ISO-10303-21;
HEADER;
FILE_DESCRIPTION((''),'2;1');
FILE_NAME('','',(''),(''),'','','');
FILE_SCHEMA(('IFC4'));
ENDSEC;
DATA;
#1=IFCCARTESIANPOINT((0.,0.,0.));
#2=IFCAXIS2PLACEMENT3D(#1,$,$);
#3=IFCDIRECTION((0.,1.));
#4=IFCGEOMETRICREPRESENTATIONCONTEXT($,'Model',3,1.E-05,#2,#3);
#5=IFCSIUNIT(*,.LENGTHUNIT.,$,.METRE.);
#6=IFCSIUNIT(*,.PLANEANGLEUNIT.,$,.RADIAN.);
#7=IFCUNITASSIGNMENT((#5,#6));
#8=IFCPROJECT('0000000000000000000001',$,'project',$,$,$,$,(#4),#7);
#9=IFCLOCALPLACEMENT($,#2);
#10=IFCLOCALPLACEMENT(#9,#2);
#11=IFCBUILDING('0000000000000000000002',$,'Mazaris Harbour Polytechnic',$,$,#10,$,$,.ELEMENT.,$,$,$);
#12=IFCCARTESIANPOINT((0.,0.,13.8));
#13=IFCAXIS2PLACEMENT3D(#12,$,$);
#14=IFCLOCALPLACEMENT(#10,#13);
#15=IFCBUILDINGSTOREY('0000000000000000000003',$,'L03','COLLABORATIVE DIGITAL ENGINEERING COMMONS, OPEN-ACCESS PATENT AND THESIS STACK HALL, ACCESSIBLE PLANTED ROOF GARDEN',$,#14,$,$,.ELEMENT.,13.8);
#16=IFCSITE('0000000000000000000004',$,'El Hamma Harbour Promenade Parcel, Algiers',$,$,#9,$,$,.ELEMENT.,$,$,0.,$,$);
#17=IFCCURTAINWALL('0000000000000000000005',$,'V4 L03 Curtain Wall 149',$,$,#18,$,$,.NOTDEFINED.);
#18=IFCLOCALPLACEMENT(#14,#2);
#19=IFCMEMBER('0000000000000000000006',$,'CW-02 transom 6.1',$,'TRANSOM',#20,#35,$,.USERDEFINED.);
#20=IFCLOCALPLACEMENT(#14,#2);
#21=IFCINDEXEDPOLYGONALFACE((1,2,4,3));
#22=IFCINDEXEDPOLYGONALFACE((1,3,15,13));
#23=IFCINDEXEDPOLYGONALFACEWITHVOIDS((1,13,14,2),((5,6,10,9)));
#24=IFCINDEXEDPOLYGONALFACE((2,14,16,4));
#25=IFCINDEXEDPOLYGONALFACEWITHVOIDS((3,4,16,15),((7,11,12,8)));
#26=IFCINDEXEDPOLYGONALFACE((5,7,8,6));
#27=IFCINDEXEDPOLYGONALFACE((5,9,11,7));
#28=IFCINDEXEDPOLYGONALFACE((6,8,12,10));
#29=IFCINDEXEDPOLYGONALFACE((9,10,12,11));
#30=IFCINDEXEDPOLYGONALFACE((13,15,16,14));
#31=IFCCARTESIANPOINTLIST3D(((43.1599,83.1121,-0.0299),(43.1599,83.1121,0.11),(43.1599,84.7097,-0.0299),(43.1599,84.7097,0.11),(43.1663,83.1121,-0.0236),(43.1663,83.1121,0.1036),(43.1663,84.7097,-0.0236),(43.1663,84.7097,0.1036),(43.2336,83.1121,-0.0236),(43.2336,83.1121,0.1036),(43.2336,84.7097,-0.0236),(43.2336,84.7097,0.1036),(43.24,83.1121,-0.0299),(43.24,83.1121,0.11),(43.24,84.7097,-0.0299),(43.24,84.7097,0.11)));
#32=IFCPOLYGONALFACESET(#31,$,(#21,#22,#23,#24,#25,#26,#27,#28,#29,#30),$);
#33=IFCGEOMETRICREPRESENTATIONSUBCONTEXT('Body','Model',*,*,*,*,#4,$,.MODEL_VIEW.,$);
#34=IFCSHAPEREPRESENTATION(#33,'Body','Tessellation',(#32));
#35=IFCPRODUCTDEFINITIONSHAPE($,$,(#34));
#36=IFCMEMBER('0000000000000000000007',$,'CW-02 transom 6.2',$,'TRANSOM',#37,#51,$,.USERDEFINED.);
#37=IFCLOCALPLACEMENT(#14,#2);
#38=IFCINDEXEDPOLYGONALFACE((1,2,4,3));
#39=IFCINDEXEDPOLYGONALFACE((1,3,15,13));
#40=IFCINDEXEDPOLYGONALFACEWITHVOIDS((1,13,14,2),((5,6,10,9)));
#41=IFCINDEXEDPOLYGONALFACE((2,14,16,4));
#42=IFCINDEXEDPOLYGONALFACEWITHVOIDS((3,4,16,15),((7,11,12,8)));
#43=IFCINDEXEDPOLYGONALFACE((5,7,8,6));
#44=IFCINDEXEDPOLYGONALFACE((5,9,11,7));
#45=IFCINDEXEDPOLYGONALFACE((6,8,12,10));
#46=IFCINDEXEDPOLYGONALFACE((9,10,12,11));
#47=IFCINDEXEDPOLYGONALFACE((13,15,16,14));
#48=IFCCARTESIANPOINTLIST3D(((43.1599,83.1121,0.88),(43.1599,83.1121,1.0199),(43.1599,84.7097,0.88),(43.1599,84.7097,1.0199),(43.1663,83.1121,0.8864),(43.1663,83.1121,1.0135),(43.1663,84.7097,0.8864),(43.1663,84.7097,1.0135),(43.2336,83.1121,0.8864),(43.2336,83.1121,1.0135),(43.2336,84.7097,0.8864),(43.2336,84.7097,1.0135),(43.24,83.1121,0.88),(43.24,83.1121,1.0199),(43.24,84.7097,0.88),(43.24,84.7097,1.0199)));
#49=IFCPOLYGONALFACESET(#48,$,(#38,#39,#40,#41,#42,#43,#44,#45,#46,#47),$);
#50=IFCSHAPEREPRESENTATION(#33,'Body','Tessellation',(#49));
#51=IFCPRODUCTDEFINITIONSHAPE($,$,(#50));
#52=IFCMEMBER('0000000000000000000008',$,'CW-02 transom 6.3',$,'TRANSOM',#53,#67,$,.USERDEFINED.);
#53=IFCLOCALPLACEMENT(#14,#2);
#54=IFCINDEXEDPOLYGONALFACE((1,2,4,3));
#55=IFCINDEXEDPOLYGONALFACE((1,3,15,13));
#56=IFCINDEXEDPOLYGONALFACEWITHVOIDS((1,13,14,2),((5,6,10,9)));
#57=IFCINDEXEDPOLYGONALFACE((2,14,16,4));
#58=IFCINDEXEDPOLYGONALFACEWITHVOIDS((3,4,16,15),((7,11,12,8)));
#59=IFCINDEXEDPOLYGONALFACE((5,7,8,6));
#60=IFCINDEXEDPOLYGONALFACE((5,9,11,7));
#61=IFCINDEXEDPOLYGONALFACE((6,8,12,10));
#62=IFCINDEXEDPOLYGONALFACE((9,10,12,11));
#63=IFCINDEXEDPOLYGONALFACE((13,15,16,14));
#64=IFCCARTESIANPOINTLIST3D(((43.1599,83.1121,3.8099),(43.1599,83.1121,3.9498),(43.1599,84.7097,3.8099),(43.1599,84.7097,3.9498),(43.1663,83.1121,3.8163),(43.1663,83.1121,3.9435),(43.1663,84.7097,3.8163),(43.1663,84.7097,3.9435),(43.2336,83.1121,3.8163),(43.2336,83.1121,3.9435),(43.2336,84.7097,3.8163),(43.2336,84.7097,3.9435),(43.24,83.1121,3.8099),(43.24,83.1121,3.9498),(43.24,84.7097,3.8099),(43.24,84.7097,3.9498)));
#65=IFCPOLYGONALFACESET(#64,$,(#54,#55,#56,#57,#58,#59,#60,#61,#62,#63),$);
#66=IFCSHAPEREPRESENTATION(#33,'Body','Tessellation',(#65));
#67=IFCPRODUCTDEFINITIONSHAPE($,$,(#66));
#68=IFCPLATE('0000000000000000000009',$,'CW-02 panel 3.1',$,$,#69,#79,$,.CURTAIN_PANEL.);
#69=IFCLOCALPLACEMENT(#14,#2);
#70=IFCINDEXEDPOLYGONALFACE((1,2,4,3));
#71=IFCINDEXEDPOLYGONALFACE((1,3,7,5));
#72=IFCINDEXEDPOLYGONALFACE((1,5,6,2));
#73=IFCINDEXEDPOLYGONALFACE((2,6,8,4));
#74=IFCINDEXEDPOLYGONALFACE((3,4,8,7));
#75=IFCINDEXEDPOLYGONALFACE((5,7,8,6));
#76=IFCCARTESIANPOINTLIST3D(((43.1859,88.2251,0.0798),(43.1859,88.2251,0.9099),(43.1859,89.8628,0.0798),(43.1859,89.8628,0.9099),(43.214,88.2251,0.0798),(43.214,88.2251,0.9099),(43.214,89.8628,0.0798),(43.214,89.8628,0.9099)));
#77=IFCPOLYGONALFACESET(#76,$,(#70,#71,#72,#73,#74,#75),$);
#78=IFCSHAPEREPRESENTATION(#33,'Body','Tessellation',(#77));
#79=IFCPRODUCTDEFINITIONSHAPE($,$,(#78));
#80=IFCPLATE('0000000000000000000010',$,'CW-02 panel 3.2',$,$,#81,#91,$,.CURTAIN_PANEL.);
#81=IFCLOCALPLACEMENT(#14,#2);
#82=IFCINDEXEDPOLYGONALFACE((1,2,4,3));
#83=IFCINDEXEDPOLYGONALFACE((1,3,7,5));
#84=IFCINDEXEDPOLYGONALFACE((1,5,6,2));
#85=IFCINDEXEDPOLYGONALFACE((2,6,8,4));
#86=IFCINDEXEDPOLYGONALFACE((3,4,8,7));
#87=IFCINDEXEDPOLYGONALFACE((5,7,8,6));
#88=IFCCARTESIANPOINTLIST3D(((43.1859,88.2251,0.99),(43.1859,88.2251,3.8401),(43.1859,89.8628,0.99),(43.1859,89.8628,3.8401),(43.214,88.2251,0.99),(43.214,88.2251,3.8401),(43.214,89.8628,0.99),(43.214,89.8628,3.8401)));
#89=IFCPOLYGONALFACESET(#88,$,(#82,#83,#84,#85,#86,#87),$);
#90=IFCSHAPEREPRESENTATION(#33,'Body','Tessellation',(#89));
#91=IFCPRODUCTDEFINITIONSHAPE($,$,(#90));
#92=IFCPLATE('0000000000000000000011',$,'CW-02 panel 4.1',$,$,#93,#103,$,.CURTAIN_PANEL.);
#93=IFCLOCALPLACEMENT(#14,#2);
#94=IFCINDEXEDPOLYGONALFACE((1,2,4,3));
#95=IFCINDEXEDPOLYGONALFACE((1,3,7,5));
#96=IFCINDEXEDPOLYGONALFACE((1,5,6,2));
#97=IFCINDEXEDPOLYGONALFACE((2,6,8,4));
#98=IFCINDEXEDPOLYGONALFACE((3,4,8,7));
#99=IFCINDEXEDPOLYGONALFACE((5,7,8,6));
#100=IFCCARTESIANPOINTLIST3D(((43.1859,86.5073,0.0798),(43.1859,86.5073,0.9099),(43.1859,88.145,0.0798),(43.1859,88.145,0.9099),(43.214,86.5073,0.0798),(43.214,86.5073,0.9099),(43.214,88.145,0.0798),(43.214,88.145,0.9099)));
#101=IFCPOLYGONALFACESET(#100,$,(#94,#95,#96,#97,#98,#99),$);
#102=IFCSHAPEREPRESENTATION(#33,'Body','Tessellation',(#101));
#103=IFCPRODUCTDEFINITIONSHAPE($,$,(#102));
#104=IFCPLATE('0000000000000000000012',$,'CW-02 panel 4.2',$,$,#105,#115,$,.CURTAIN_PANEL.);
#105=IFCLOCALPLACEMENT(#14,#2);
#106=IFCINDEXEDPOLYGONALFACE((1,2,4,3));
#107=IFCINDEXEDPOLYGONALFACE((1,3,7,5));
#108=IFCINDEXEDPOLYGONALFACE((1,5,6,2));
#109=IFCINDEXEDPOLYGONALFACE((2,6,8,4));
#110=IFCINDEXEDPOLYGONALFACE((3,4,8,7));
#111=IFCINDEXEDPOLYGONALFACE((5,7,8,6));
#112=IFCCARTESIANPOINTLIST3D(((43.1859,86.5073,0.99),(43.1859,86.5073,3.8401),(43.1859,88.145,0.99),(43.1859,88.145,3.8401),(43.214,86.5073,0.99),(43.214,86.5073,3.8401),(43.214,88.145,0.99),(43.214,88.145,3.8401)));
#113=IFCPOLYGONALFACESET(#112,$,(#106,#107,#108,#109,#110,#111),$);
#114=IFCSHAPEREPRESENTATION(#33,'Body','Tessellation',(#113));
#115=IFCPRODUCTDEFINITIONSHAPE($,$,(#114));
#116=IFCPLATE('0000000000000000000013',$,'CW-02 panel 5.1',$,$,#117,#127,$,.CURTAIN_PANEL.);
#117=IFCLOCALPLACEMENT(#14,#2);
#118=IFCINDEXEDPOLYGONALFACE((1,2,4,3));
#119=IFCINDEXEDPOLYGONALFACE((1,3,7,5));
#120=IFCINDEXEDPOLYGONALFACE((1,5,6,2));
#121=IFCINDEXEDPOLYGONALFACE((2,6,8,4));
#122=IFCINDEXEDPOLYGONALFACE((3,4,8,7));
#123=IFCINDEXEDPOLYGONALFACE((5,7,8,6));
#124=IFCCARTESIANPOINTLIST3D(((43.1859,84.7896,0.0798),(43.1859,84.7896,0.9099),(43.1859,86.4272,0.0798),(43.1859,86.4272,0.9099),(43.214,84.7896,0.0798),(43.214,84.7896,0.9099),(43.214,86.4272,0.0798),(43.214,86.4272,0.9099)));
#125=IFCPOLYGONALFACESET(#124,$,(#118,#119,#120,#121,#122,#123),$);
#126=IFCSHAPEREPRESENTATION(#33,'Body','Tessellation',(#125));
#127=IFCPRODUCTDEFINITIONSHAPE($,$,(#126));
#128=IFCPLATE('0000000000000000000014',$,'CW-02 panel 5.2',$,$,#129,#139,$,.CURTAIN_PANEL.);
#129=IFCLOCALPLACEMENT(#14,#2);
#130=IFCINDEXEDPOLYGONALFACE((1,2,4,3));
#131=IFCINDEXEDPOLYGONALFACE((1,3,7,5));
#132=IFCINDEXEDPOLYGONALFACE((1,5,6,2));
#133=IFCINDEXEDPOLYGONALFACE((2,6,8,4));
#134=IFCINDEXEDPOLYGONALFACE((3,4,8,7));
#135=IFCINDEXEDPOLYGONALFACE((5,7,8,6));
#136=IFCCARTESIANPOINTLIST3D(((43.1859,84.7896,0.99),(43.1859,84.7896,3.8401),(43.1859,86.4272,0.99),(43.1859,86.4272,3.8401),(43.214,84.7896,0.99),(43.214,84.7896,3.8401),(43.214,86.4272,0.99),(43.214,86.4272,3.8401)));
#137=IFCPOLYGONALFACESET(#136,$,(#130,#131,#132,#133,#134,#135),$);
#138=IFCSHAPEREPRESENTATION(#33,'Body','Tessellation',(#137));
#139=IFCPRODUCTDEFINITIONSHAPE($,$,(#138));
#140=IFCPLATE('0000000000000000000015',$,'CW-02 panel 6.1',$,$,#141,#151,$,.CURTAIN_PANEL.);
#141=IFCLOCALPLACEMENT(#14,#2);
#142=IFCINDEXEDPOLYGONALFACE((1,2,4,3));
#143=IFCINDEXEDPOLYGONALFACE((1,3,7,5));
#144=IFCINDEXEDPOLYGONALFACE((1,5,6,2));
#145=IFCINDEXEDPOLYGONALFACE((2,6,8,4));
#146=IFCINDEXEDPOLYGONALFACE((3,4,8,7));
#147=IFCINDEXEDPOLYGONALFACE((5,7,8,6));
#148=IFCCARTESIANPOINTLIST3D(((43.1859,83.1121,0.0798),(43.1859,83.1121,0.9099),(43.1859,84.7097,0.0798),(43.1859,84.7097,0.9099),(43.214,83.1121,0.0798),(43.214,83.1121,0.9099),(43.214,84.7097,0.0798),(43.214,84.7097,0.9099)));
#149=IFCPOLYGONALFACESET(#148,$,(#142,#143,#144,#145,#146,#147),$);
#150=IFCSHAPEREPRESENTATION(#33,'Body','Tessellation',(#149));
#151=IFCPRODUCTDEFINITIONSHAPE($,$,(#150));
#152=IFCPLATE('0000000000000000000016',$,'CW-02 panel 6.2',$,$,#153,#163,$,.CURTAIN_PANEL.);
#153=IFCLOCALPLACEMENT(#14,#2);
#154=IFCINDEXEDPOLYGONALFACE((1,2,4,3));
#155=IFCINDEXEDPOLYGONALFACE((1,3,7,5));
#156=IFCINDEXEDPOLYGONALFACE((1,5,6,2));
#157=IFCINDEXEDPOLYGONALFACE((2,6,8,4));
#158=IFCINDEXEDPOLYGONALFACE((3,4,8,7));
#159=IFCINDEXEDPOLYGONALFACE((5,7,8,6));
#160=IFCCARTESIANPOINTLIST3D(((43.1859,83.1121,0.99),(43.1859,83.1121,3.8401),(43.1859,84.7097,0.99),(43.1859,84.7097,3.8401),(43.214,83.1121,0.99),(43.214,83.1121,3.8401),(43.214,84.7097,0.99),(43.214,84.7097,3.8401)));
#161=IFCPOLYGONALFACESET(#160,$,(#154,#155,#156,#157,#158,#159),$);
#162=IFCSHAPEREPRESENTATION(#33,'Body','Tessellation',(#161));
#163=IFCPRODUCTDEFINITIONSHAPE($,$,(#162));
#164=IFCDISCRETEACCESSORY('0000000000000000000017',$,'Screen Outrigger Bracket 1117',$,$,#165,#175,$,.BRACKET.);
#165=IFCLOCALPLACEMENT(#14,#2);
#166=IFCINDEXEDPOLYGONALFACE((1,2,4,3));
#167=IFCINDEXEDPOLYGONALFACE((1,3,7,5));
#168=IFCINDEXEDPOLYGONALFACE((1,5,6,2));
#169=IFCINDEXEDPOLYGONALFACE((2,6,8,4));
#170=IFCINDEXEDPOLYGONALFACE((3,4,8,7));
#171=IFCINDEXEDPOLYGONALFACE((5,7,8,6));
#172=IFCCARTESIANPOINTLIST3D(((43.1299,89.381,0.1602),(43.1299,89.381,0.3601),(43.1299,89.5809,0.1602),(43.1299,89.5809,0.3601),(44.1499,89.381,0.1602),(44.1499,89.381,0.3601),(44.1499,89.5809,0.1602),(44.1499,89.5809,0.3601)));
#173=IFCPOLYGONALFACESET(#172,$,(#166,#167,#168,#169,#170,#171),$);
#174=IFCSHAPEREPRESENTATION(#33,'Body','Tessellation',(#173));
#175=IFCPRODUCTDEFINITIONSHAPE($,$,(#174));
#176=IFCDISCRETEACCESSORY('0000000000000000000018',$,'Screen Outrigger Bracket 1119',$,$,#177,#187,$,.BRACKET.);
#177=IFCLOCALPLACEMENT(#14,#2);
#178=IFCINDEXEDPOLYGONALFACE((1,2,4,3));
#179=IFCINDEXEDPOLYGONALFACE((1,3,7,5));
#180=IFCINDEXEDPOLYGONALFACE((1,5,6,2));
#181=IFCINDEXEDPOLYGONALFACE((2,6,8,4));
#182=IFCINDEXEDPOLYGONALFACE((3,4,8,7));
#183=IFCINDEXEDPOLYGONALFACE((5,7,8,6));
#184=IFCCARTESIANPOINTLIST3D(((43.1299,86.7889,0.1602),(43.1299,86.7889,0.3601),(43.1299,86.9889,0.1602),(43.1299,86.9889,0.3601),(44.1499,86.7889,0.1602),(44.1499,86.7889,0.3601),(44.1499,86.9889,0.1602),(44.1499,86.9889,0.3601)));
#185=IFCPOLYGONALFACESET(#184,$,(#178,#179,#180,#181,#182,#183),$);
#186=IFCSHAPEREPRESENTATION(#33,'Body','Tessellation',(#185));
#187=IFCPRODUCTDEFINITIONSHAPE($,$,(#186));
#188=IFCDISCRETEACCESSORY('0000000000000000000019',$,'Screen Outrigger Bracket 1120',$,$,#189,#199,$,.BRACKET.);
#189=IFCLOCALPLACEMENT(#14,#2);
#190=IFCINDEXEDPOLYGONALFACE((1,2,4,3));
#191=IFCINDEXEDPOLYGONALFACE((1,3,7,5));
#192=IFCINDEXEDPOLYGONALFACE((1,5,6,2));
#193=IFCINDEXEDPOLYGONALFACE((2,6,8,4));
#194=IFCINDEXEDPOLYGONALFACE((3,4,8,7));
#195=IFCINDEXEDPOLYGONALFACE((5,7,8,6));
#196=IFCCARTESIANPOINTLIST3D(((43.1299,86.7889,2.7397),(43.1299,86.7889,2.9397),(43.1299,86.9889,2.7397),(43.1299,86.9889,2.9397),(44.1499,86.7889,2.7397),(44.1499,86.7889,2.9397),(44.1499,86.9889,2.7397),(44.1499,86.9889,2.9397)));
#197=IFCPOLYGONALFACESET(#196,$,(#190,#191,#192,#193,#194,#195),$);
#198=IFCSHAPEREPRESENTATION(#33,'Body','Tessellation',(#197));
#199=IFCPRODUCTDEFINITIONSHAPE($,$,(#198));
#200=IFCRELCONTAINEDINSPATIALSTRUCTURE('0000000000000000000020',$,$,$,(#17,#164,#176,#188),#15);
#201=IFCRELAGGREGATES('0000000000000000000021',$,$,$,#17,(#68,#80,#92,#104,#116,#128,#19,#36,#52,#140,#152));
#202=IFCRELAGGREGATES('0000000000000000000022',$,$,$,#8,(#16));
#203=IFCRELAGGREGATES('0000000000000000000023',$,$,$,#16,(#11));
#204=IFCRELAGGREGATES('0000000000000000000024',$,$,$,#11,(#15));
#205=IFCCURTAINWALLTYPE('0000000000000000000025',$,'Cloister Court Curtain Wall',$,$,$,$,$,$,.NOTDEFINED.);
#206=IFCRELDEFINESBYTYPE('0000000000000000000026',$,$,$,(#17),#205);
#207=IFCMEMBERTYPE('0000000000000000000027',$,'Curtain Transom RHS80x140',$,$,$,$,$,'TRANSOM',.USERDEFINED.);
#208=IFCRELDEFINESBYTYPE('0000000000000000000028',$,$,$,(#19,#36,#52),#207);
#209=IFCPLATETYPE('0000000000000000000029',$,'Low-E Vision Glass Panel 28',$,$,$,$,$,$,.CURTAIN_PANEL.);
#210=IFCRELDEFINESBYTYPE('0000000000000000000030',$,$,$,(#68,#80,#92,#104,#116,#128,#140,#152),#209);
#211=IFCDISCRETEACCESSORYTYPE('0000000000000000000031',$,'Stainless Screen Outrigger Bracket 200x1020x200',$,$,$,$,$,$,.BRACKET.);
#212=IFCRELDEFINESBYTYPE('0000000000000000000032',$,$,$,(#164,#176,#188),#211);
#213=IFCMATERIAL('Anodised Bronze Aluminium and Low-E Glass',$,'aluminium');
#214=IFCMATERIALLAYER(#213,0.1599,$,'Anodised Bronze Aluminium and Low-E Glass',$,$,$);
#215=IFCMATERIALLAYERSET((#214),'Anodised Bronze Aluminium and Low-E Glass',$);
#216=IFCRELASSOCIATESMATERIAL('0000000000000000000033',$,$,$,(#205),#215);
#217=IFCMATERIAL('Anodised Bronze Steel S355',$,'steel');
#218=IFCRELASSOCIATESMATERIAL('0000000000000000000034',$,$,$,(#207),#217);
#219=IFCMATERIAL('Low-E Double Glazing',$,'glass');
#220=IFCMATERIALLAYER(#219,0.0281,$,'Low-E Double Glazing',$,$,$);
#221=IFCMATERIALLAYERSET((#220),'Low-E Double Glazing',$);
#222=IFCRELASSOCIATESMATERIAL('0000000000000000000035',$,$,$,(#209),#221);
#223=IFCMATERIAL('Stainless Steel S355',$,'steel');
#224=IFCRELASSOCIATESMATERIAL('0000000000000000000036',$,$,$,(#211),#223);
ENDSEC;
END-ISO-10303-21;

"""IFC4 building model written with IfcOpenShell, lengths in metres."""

from ifc_helpers import new_model, si_unit, direction, frame, origin, origin_2d, place, context, subcontext, project, spatial, rectangle, hollow_rectangle, extrude, material, layer, layer_set, material_profile, profile_set, type_object, element, aggregate, save


model = new_model("IFC4")

# Units and contexts
model_context = context("Model", 3, precision=1e-05, world=origin(), true_north=direction((0.0, 1.0)))
body_context = subcontext(model_context, "Body", "Model", "MODEL_VIEW")
ifc_project = project(units=[si_unit("LENGTHUNIT", "METRE"), si_unit("PLANEANGLEUNIT", "RADIAN")], contexts=[model_context])

# Site, building, storey
site_placement = place(None, origin())
site = spatial("IfcSite", under=ifc_project, at=site_placement, Name="El Hamma Harbour Promenade Parcel, Algiers", CompositionType="ELEMENT", RefElevation=0.0)
building_placement = place(site_placement, origin())
building = spatial("IfcBuilding", under=site, at=building_placement, Name="Mazaris Harbour Polytechnic", CompositionType="ELEMENT")
storey_placement = place(building_placement, frame((0.0, 0.0, 13.8)))
storey = spatial("IfcBuildingStorey", under=building, at=storey_placement, Name="L03", Description="COLLABORATIVE DIGITAL ENGINEERING COMMONS, OPEN-ACCESS PATENT AND THESIS STACK HALL, ACCESSIBLE PLANTED ROOF GARDEN", CompositionType="ELEMENT", Elevation=13.8)

# Curtain wall, members, plates
ifc_material_1 = material(Name="Anodised Bronze Aluminium and Low-E Glass", Category="aluminium")
ifc_layer_1 = layer(ifc_material_1, 0.1599, Name="Anodised Bronze Aluminium and Low-E Glass")
ifc_layer_set_1 = layer_set([ifc_layer_1], Name="Anodised Bronze Aluminium and Low-E Glass")
curtain_wall_type = type_object("IfcCurtainWallType", Name="Cloister Court Curtain Wall", PredefinedType="NOTDEFINED", material=ifc_layer_set_1)
curtain_wall_placement = place(storey_placement, origin())
curtain_wall = element("IfcCurtainWall", 1, at=curtain_wall_placement, inside=storey, type_object=curtain_wall_type, Name="V4 L03 Curtain Wall 149", PredefinedType="NOTDEFINED")
ifc_material_2 = material(Name="Anodised Bronze Steel S355", Category="steel")
ifc_material_profile_1 = material_profile(ifc_material_2, hollow_rectangle(XDim=0.0801, YDim=0.1399, WallThickness=0.0063, at=origin_2d()), Name="RHS 80x140x6.3")
ifc_profile_set_1 = profile_set([ifc_material_profile_1], Name="Anodised Bronze Steel S355")
member_type_1 = type_object("IfcMemberType", Name="Curtain Transom RHS80x140", ElementType="TRANSOM", PredefinedType="USERDEFINED", material=ifc_profile_set_1)
member_1_placement = place(storey_placement, frame((43.2, 84.7097, 0.04), z_axis=(0.0, -1.0, 0.0), x_axis=(1.0, 0.0, 0.0)))
member_1 = element("IfcMember", 2, at=member_1_placement, type_object=member_type_1, Name="CW-02 transom 6.1", ObjectType="TRANSOM", PredefinedType="USERDEFINED", context=body_context, shape_type="SweptSolid", body=[
    extrude(hollow_rectangle(XDim=0.0801, YDim=0.1399, WallThickness=0.0063, at=origin_2d()), origin(), (0.0, 0.0, 1.0), 1.5977),
])
member_2_placement = place(storey_placement, frame((43.2, 84.7097, 0.95), z_axis=(0.0, -1.0, 0.0), x_axis=(1.0, 0.0, 0.0)))
member_2 = element("IfcMember", 3, at=member_2_placement, type_object=member_type_1, Name="CW-02 transom 6.2", ObjectType="TRANSOM", PredefinedType="USERDEFINED", context=body_context, shape_type="SweptSolid", body=[
    extrude(hollow_rectangle(XDim=0.0801, YDim=0.1399, WallThickness=0.0063, at=origin_2d()), origin(), (0.0, 0.0, 1.0), 1.5977),
])
member_3_placement = place(storey_placement, frame((43.2, 84.7097, 3.8799), z_axis=(0.0, -1.0, 0.0), x_axis=(1.0, 0.0, 0.0)))
member_3 = element("IfcMember", 4, at=member_3_placement, type_object=member_type_1, Name="CW-02 transom 6.3", ObjectType="TRANSOM", PredefinedType="USERDEFINED", context=body_context, shape_type="SweptSolid", body=[
    extrude(hollow_rectangle(XDim=0.0801, YDim=0.1399, WallThickness=0.0063, at=origin_2d()), origin(), (0.0, 0.0, 1.0), 1.5977),
])
ifc_material_3 = material(Name="Low-E Double Glazing", Category="glass")
ifc_layer_2 = layer(ifc_material_3, 0.0281, Name="Low-E Double Glazing")
ifc_layer_set_2 = layer_set([ifc_layer_2], Name="Low-E Double Glazing")
plate_type = type_object("IfcPlateType", Name="Low-E Vision Glass Panel 28", PredefinedType="CURTAIN_PANEL", material=ifc_layer_set_2)
plate_1_placement = place(storey_placement, frame((43.2, 89.0439, 0.0798), z_axis=(0.0, 0.0, 1.0), x_axis=(0.0, -1.0, 0.0)))
plate_1 = element("IfcPlate", 5, at=plate_1_placement, type_object=plate_type, Name="CW-02 panel 3.1", PredefinedType="CURTAIN_PANEL", context=body_context, shape_type="SweptSolid", body=[
    extrude(rectangle(XDim=1.6377, YDim=0.0281, at=origin_2d()), origin(), (0.0, 0.0, 1.0), 0.8301),
])
plate_2_placement = place(storey_placement, frame((43.2, 89.0439, 0.99), z_axis=(0.0, 0.0, 1.0), x_axis=(0.0, -1.0, 0.0)))
plate_2 = element("IfcPlate", 6, at=plate_2_placement, type_object=plate_type, Name="CW-02 panel 3.2", PredefinedType="CURTAIN_PANEL", context=body_context, shape_type="SweptSolid", body=[
    extrude(rectangle(XDim=1.6377, YDim=0.0281, at=origin_2d()), origin(), (0.0, 0.0, 1.0), 2.8501),
])
plate_3_placement = place(storey_placement, frame((43.2, 87.3262, 0.0798), z_axis=(0.0, 0.0, 1.0), x_axis=(0.0, -1.0, 0.0)))
plate_3 = element("IfcPlate", 7, at=plate_3_placement, type_object=plate_type, Name="CW-02 panel 4.1", PredefinedType="CURTAIN_PANEL", context=body_context, shape_type="SweptSolid", body=[
    extrude(rectangle(XDim=1.6377, YDim=0.0281, at=origin_2d()), origin(), (0.0, 0.0, 1.0), 0.8301),
])
plate_4_placement = place(storey_placement, frame((43.2, 87.3262, 0.99), z_axis=(0.0, 0.0, 1.0), x_axis=(0.0, -1.0, 0.0)))
plate_4 = element("IfcPlate", 8, at=plate_4_placement, type_object=plate_type, Name="CW-02 panel 4.2", PredefinedType="CURTAIN_PANEL", context=body_context, shape_type="SweptSolid", body=[
    extrude(rectangle(XDim=1.6377, YDim=0.0281, at=origin_2d()), origin(), (0.0, 0.0, 1.0), 2.8501),
])
plate_5_placement = place(storey_placement, frame((43.2, 85.6084, 0.0798), z_axis=(0.0, 0.0, 1.0), x_axis=(0.0, -1.0, 0.0)))
plate_5 = element("IfcPlate", 9, at=plate_5_placement, type_object=plate_type, Name="CW-02 panel 5.1", PredefinedType="CURTAIN_PANEL", context=body_context, shape_type="SweptSolid", body=[
    extrude(rectangle(XDim=1.6377, YDim=0.0281, at=origin_2d()), origin(), (0.0, 0.0, 1.0), 0.8301),
])
plate_6_placement = place(storey_placement, frame((43.2, 85.6084, 0.99), z_axis=(0.0, 0.0, 1.0), x_axis=(0.0, -1.0, 0.0)))
plate_6 = element("IfcPlate", 10, at=plate_6_placement, type_object=plate_type, Name="CW-02 panel 5.2", PredefinedType="CURTAIN_PANEL", context=body_context, shape_type="SweptSolid", body=[
    extrude(rectangle(XDim=1.6377, YDim=0.0281, at=origin_2d()), origin(), (0.0, 0.0, 1.0), 2.8501),
])
plate_7_placement = place(storey_placement, frame((43.2, 83.9109, 0.0798), z_axis=(0.0, 0.0, 1.0), x_axis=(0.0, -1.0, 0.0)))
plate_7 = element("IfcPlate", 11, at=plate_7_placement, type_object=plate_type, Name="CW-02 panel 6.1", PredefinedType="CURTAIN_PANEL", context=body_context, shape_type="SweptSolid", body=[
    extrude(rectangle(XDim=1.5977, YDim=0.0281, at=origin_2d()), origin(), (0.0, 0.0, 1.0), 0.8301),
])
plate_8_placement = place(storey_placement, frame((43.2, 83.9109, 0.99), z_axis=(0.0, 0.0, 1.0), x_axis=(0.0, -1.0, 0.0)))
plate_8 = element("IfcPlate", 12, at=plate_8_placement, type_object=plate_type, Name="CW-02 panel 6.2", PredefinedType="CURTAIN_PANEL", context=body_context, shape_type="SweptSolid", body=[
    extrude(rectangle(XDim=1.5977, YDim=0.0281, at=origin_2d()), origin(), (0.0, 0.0, 1.0), 2.8501),
])
aggregate(curtain_wall, [plate_1, plate_2, plate_3, plate_4, plate_5, plate_6, member_1, member_2, member_3, plate_7, plate_8])

# Discrete accessories
ifc_material_4 = material(Name="Stainless Steel S355", Category="steel")
discrete_accessory_type = type_object("IfcDiscreteAccessoryType", Name="Stainless Screen Outrigger Bracket 200x1020x200", PredefinedType="BRACKET", material=ifc_material_4)
for number, where, z_axis, x_axis, name in (
    (13, (43.6399, 89.481, 0.1602), (0.0, 0.0, 1.0), (0.0, -1.0, 0.0), "Screen Outrigger Bracket 1117"),
    (14, (43.6399, 86.8889, 0.1602), (0.0, 0.0, 1.0), (0.0, -1.0, 0.0), "Screen Outrigger Bracket 1119"),
    (15, (43.6399, 86.8889, 2.7397), (0.0, 0.0, 1.0), (0.0, -1.0, 0.0), "Screen Outrigger Bracket 1120"),
):
    element("IfcDiscreteAccessory", number, at=place(storey_placement, frame(where, z_axis=z_axis, x_axis=x_axis)), inside=storey, type_object=discrete_accessory_type, Name=name, PredefinedType="BRACKET", context=body_context, shape_type="SweptSolid", body=[
        extrude(rectangle(XDim=0.2, YDim=1.02, at=origin_2d()), origin(), (0.0, 0.0, 1.0), 0.2),
    ])

save(model, "model.ifc")
